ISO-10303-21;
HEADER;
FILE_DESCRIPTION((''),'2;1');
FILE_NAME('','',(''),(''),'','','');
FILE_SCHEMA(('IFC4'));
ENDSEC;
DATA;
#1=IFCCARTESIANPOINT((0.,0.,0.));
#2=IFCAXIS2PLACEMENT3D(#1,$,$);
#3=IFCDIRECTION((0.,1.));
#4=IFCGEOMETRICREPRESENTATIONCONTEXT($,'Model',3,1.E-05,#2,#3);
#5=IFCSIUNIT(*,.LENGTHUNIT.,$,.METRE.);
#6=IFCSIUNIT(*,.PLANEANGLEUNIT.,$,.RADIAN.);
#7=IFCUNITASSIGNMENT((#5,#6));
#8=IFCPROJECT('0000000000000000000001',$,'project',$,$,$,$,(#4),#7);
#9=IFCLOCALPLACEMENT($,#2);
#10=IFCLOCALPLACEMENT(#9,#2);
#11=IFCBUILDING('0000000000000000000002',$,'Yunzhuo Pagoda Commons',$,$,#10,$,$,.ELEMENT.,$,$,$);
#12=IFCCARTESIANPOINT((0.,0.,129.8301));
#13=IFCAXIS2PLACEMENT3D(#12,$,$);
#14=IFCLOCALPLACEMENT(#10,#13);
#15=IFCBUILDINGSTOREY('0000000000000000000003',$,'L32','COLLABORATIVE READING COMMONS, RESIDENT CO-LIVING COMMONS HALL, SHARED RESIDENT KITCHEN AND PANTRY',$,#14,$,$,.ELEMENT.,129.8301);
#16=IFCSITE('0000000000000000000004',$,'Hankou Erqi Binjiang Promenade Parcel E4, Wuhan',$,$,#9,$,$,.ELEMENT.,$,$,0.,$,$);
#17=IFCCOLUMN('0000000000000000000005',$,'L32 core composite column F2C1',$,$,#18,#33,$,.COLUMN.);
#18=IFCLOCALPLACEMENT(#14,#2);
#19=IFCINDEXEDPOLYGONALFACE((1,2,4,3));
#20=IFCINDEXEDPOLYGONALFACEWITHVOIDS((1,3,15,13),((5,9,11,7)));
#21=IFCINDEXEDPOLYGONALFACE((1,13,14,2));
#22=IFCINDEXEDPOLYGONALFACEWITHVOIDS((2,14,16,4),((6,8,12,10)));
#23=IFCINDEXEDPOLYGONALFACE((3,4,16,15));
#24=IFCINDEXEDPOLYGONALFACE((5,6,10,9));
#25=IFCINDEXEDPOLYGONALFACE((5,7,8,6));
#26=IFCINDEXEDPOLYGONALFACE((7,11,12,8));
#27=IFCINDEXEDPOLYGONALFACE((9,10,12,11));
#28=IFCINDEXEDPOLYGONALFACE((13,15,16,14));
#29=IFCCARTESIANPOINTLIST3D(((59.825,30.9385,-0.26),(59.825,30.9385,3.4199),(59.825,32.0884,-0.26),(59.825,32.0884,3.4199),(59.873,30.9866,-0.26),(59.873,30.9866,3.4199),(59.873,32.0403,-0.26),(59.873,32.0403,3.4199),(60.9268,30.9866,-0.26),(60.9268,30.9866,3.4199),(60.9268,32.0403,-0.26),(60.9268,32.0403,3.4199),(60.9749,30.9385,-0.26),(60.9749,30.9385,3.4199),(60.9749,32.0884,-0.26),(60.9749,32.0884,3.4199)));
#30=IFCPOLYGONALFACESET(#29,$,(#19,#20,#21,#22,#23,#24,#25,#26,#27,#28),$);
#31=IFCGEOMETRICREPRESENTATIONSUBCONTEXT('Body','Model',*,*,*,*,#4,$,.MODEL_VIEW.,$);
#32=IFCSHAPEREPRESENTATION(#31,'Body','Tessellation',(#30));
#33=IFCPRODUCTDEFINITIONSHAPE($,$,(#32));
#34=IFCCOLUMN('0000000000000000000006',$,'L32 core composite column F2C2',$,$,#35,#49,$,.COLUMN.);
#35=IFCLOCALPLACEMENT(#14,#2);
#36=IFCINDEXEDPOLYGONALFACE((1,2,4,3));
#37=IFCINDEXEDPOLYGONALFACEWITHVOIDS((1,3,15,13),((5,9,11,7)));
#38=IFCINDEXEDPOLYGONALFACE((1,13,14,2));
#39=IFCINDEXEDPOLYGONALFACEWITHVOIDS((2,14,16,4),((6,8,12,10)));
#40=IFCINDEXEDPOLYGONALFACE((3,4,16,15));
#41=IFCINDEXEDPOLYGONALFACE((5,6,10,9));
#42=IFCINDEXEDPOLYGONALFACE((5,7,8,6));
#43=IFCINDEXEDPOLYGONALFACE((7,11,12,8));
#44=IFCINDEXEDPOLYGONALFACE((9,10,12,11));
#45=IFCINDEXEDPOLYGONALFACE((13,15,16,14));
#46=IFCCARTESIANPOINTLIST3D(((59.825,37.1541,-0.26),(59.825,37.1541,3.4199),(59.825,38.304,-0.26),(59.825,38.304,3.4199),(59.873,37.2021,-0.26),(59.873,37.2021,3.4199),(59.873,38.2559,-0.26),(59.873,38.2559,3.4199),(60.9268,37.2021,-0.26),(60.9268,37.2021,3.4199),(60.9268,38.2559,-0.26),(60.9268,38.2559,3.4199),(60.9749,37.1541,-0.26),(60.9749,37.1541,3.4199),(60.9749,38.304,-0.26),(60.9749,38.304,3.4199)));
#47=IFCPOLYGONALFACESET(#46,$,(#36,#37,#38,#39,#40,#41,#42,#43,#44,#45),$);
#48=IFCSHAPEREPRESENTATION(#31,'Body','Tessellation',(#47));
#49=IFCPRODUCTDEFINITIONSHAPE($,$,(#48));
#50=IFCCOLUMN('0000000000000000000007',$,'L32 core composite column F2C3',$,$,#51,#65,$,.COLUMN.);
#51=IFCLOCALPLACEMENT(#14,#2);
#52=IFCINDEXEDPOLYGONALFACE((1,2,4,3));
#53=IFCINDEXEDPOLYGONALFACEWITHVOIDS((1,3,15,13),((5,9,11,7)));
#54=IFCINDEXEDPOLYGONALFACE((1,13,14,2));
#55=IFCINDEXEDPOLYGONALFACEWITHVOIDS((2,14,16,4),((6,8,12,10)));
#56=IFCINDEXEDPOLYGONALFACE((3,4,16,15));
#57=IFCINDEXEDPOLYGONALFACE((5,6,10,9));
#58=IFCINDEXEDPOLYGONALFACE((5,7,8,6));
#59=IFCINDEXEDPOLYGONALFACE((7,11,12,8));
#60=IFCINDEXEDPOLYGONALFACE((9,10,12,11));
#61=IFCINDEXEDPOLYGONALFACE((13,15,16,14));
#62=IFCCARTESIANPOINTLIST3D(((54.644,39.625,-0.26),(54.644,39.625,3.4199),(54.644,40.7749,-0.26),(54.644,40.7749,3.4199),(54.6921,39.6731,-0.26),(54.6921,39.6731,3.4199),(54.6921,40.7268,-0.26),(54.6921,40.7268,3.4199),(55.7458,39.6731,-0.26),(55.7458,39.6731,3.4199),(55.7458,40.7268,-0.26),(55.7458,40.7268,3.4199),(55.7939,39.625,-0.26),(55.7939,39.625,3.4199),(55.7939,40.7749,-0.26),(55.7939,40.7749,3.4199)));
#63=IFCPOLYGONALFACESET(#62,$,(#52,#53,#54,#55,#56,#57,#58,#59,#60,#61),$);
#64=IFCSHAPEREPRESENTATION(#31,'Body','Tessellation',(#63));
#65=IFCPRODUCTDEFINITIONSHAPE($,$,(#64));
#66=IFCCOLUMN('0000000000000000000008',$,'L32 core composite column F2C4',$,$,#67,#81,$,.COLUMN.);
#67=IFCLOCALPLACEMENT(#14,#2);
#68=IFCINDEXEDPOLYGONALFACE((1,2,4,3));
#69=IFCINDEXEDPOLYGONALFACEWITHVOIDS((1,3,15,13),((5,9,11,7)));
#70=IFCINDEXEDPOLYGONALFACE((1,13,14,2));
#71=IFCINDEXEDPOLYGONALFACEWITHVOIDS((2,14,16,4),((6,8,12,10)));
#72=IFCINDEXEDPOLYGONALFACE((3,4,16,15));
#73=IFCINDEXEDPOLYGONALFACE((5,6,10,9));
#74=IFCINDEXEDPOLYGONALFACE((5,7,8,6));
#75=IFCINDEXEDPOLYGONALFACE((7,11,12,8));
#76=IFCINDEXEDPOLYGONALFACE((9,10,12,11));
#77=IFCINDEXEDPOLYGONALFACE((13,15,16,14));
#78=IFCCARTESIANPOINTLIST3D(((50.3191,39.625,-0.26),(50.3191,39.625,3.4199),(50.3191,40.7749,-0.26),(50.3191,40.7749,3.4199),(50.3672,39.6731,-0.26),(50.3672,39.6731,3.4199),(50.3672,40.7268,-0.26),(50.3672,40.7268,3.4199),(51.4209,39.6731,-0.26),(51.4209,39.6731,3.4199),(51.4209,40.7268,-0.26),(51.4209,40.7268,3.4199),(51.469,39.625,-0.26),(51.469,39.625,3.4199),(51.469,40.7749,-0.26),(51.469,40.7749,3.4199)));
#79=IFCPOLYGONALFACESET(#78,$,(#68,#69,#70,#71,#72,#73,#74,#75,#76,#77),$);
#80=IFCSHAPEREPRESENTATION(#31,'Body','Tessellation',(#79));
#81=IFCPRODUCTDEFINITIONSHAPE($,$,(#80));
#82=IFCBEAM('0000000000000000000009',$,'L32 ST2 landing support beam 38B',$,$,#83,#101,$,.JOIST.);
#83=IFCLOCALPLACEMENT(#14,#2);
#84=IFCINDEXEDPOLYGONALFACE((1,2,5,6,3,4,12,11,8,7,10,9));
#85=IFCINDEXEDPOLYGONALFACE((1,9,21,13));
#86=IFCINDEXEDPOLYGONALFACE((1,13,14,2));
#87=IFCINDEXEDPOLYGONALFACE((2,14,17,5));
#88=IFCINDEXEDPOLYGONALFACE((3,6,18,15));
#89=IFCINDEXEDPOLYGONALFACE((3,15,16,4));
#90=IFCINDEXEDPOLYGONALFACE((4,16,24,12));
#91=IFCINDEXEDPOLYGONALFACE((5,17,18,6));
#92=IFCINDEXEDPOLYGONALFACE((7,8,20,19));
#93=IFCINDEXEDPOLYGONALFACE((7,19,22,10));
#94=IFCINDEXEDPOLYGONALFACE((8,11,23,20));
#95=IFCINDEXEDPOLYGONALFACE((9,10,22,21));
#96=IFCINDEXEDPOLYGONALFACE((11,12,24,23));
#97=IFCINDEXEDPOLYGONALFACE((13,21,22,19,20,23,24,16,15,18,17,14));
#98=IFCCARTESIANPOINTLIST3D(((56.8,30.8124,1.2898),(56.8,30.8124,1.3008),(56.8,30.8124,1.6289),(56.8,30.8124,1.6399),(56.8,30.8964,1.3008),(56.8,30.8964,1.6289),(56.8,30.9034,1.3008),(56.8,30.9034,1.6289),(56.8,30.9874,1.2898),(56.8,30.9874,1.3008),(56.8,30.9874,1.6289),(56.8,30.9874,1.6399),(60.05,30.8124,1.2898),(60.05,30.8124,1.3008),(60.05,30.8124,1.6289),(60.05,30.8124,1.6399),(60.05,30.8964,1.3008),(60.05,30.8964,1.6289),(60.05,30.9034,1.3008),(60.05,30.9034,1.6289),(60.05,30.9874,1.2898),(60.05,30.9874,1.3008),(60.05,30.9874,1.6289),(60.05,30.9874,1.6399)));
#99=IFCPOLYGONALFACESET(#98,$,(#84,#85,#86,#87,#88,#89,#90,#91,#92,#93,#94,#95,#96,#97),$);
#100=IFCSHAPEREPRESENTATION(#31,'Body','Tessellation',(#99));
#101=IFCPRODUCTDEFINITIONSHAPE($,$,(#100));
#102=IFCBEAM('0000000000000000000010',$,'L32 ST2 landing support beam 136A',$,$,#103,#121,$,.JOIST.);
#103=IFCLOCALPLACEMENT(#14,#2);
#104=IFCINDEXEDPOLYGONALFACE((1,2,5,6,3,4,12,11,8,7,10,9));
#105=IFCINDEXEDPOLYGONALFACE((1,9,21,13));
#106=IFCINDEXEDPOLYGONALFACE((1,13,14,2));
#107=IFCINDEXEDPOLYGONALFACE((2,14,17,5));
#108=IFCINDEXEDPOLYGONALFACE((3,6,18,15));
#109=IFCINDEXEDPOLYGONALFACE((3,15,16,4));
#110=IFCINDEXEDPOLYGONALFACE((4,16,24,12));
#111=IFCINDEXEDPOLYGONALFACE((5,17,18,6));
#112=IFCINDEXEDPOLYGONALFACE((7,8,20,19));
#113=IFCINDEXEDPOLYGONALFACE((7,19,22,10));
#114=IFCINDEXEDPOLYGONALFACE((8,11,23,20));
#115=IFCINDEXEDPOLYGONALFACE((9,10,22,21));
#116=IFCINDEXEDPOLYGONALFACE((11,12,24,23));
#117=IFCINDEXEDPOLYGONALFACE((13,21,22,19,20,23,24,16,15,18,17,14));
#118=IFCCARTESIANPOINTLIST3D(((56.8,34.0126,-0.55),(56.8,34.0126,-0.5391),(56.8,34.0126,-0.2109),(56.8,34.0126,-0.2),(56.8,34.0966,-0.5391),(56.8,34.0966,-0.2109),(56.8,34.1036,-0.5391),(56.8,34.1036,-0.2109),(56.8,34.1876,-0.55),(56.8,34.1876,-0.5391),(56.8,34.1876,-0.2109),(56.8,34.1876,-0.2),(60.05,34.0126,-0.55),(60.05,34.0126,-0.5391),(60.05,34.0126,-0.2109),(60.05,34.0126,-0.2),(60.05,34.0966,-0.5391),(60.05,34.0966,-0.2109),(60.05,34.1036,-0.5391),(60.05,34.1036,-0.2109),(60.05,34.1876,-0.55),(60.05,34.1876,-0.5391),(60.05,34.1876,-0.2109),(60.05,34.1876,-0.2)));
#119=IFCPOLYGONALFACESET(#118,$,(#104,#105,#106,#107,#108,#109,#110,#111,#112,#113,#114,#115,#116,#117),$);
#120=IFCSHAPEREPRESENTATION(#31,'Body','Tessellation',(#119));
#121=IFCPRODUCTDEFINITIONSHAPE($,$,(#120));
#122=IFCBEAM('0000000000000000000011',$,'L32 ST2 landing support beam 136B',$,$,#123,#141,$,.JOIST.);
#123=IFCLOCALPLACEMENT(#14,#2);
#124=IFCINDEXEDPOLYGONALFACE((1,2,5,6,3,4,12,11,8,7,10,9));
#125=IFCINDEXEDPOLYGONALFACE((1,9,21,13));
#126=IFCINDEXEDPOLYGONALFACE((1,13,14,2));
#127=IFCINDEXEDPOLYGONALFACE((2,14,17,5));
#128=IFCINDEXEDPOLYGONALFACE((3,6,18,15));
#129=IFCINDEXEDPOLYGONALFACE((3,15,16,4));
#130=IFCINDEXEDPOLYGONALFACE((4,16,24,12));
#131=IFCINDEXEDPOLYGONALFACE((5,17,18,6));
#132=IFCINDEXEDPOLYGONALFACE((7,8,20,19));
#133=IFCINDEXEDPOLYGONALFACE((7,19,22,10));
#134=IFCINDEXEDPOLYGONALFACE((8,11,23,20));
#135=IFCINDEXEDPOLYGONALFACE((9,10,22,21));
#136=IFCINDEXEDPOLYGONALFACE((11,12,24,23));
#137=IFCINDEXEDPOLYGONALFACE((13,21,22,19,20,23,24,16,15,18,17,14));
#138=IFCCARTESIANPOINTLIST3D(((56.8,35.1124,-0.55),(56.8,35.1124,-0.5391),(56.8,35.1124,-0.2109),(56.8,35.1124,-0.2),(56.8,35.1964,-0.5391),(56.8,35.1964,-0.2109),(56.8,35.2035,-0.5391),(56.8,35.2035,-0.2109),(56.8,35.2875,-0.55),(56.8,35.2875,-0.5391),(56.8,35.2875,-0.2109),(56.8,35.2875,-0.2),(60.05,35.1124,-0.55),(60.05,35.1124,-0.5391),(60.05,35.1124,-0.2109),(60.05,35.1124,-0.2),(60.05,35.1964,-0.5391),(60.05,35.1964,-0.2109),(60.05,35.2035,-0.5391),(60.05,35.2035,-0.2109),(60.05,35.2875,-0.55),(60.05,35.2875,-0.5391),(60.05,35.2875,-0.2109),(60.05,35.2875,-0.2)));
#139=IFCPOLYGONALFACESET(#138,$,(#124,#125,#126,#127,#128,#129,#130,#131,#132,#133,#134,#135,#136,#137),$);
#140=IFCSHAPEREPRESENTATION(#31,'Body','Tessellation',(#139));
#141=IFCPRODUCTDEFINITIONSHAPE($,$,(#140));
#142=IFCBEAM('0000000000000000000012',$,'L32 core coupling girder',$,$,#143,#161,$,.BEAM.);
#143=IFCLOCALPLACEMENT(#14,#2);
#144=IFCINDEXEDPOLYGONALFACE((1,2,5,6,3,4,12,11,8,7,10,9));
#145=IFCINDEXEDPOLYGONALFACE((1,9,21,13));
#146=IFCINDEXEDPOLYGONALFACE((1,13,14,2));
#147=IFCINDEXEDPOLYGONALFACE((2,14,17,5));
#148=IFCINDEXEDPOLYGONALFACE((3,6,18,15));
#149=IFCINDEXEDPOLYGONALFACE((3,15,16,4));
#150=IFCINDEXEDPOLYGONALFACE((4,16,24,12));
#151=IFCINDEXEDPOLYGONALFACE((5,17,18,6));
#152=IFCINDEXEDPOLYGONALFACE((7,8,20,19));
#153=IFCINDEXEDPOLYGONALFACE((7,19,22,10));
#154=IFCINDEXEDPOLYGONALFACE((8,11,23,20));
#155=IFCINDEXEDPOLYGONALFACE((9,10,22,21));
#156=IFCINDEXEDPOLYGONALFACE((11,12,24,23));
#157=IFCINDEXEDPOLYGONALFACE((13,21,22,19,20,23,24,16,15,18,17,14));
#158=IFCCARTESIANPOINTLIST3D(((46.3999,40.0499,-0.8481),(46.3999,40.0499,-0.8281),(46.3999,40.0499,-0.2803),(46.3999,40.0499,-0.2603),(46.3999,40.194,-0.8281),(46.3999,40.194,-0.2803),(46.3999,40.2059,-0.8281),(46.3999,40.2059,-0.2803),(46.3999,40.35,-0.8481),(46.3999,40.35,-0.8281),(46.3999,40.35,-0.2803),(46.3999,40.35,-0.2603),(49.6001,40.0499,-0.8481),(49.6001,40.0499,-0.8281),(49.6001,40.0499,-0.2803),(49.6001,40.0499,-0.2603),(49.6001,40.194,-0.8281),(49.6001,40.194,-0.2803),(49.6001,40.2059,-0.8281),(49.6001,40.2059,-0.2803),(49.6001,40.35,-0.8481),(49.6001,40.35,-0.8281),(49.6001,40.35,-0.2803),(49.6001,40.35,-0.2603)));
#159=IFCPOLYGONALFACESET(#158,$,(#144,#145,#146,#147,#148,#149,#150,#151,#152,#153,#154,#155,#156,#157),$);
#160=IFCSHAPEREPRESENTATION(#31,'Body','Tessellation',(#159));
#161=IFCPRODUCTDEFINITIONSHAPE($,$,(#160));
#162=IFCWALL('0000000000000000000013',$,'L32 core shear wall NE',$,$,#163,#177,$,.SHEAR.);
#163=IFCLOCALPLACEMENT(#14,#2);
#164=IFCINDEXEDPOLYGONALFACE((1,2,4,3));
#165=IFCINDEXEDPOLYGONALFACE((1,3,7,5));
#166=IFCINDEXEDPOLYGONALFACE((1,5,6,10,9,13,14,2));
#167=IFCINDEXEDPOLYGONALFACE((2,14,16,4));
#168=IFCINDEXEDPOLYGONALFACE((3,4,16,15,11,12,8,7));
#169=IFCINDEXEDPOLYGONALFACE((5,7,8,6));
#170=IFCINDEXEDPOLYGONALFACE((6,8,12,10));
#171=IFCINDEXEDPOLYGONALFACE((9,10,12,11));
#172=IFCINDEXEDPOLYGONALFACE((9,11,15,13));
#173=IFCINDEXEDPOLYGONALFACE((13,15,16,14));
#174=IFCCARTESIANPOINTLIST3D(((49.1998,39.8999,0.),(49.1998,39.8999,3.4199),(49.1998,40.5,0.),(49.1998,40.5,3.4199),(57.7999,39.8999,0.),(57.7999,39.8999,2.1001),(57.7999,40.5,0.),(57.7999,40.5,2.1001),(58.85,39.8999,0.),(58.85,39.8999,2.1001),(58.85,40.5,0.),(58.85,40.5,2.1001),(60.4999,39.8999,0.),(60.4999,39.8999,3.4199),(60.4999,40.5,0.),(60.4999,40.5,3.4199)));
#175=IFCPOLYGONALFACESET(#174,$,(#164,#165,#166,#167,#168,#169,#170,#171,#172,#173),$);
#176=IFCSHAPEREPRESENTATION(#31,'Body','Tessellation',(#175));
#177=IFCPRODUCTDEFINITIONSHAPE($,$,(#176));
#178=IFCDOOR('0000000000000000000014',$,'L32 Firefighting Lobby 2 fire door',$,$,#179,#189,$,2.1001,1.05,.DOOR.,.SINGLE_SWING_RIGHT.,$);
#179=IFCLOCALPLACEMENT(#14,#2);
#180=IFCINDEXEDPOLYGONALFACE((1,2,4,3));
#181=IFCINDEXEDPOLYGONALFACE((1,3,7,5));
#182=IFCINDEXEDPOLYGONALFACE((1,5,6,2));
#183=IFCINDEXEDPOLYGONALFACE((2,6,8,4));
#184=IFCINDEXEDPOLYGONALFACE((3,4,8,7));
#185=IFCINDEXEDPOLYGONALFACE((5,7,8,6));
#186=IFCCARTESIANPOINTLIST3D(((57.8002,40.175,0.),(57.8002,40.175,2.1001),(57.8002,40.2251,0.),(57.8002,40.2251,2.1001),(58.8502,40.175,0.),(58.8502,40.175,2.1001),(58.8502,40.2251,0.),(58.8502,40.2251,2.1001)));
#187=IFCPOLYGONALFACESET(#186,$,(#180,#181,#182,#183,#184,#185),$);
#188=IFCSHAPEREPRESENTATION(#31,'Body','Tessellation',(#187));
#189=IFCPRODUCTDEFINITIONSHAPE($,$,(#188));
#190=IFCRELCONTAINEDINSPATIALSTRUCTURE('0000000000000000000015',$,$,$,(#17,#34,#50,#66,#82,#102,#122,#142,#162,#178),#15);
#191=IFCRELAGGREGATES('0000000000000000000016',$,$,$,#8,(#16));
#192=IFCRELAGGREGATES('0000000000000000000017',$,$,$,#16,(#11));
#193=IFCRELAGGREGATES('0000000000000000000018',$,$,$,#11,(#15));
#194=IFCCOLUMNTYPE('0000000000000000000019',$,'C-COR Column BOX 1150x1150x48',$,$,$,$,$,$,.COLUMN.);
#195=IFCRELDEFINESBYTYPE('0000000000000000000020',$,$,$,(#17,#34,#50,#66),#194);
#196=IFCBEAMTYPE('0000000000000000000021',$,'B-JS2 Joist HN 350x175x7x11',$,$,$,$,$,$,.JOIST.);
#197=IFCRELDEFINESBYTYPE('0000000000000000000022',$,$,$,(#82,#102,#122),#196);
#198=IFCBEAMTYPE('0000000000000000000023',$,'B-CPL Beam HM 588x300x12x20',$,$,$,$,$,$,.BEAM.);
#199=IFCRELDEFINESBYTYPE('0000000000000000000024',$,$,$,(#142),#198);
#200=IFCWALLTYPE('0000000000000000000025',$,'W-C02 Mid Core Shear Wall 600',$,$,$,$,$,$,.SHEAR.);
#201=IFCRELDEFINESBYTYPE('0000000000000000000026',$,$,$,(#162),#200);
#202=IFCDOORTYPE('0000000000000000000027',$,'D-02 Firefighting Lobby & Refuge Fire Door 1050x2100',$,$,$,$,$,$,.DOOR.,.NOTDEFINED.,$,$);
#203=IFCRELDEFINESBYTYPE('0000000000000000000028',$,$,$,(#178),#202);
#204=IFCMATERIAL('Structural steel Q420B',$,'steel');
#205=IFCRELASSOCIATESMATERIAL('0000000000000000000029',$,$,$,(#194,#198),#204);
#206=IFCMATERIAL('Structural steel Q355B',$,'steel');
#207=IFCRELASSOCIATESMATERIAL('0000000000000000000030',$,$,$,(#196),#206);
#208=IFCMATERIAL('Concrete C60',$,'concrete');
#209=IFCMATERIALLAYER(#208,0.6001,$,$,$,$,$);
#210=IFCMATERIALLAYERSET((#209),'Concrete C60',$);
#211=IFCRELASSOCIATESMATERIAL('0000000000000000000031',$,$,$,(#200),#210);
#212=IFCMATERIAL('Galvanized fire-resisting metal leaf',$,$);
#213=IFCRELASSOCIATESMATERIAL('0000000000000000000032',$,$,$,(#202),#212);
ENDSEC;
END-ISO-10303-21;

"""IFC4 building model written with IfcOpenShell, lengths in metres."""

from ifc_helpers import new_model, si_unit, direction, frame, frame_2d, origin, origin_2d, place, context, subcontext, project, spatial, rectangle, hollow_rectangle, i_section, extrude, source, transform, mapped, material, layer, layer_set, material_profile, profile_set, type_object, element, fill, save


model = new_model("IFC4")

# Units and contexts
model_context = context("Model", 3, precision=1e-05, world=origin(), true_north=direction((0.0, 1.0)))
body_context = subcontext(model_context, "Body", "Model", "MODEL_VIEW")
ifc_project = project(units=[si_unit("LENGTHUNIT", "METRE"), si_unit("PLANEANGLEUNIT", "RADIAN")], contexts=[model_context])

# Site, building, storey
site_placement = place(None, origin())
site = spatial("IfcSite", under=ifc_project, at=site_placement, Name="Hankou Erqi Binjiang Promenade Parcel E4, Wuhan", CompositionType="ELEMENT", RefElevation=0.0)
building_placement = place(site_placement, origin())
building = spatial("IfcBuilding", under=site, at=building_placement, Name="Yunzhuo Pagoda Commons", CompositionType="ELEMENT")
storey_placement = place(building_placement, frame((0.0, 0.0, 129.8301)))
storey = spatial("IfcBuildingStorey", under=building, at=storey_placement, Name="L32", Description="COLLABORATIVE READING COMMONS, RESIDENT CO-LIVING COMMONS HALL, SHARED RESIDENT KITCHEN AND PANTRY", CompositionType="ELEMENT", Elevation=129.8301)

# Columns
ifc_material_1 = material(Name="Structural steel Q420B", Category="steel")
ifc_material_profile_1 = material_profile(ifc_material_1, hollow_rectangle(XDim=1.1499, YDim=1.1499, WallThickness=0.0481, at=origin_2d()), Name="Structural steel Q420B")
ifc_profile_set_1 = profile_set([ifc_material_profile_1], Name="Structural steel Q420B")
column_type = type_object("IfcColumnType", Name="C-COR Column BOX 1150x1150x48", PredefinedType="COLUMN", material=ifc_profile_set_1)
shared_shape_1 = source(origin(), body_context, "Body", "SweptSolid", [
    extrude(hollow_rectangle(XDim=1.1499, YDim=1.1499, WallThickness=0.0481, at=origin_2d()), origin(), (0.0, 0.0, 1.0), 3.6799),
])
for number, where, z_axis, x_axis, name in (
    (1, (60.3999, 31.5134, -0.26), (0.0, 0.0, 1.0), (1.0, 0.0, 0.0), "L32 core composite column F2C1"),
    (2, (60.3999, 37.729, -0.26), (0.0, 0.0, 1.0), (1.0, 0.0, 0.0), "L32 core composite column F2C2"),
    (3, (55.219, 40.2, -0.26), (0.0, 0.0, 1.0), (1.0, 0.0, 0.0), "L32 core composite column F2C3"),
    (4, (50.894, 40.2, -0.26), (0.0, 0.0, 1.0), (1.0, 0.0, 0.0), "L32 core composite column F2C4"),
):
    element("IfcColumn", number, at=place(storey_placement, frame(where, z_axis=z_axis, x_axis=x_axis)), inside=storey, type_object=column_type, Name=name, PredefinedType="COLUMN", context=body_context, shape_type="MappedRepresentation", body=[
        mapped(shared_shape_1, transform((0.0, 0.0, 0.0), scale=1.0)),
    ])

# Beams
ifc_material_2 = material(Name="Structural steel Q355B", Category="steel")
ifc_material_profile_2 = material_profile(ifc_material_2, i_section(OverallWidth=0.175, OverallDepth=0.3501, WebThickness=0.0071, FlangeThickness=0.011, at=origin_2d()), Name="Structural steel Q355B")
ifc_profile_set_2 = profile_set([ifc_material_profile_2], Name="Structural steel Q355B")
beam_type_1 = type_object("IfcBeamType", Name="B-JS2 Joist HN 350x175x7x11", PredefinedType="JOIST", material=ifc_profile_set_2)
shared_shape_2 = source(origin(), body_context, "Body", "SweptSolid", [
    extrude(i_section(OverallWidth=0.175, OverallDepth=0.3501, WebThickness=0.0071, FlangeThickness=0.011, at=origin_2d()), origin(), (0.0, 0.0, 1.0), 3.25),
])
for number, where, z_axis, x_axis, name in (
    (5, (56.8, 30.8999, 1.4648), (1.0, 0.0, 0.0), (0.0, 1.0, 0.0), "L32 ST2 landing support beam 38B"),
    (6, (56.8, 34.1001, -0.375), (1.0, 0.0, 0.0), (0.0, 1.0, 0.0), "L32 ST2 landing support beam 136A"),
    (7, (56.8, 35.2, -0.375), (1.0, 0.0, 0.0), (0.0, 1.0, 0.0), "L32 ST2 landing support beam 136B"),
):
    element("IfcBeam", number, at=place(storey_placement, frame(where, z_axis=z_axis, x_axis=x_axis)), inside=storey, type_object=beam_type_1, Name=name, PredefinedType="JOIST", context=body_context, shape_type="MappedRepresentation", body=[
        mapped(shared_shape_2, transform((0.0, 0.0, 0.0), scale=1.0)),
    ])
ifc_material_profile_3 = material_profile(ifc_material_1, i_section(OverallWidth=0.3, OverallDepth=0.5879, WebThickness=0.012, FlangeThickness=0.02, at=origin_2d()), Name="Structural steel Q420B")
ifc_profile_set_3 = profile_set([ifc_material_profile_3], Name="Structural steel Q420B")
beam_type_2 = type_object("IfcBeamType", Name="B-CPL Beam HM 588x300x12x20", PredefinedType="BEAM", material=ifc_profile_set_3)
shared_shape_3 = source(origin(), body_context, "Body", "SweptSolid", [
    extrude(i_section(OverallWidth=0.3, OverallDepth=0.5879, WebThickness=0.012, FlangeThickness=0.02, at=origin_2d()), origin(), (0.0, 0.0, 1.0), 3.2002),
])
beam_placement = place(storey_placement, frame((46.3999, 40.2, -0.5542), z_axis=(1.0, 0.0, 0.0), x_axis=(0.0, 1.0, 0.0)))
element("IfcBeam", 8, at=beam_placement, inside=storey, type_object=beam_type_2, Name="L32 core coupling girder", PredefinedType="BEAM", context=body_context, shape_type="MappedRepresentation", body=[
    mapped(shared_shape_3, transform((0.0, 0.0, 0.0), scale=1.0)),
])

# Wall, opening, door
ifc_material_3 = material(Name="Concrete C60", Category="concrete")
ifc_layer_1 = layer(ifc_material_3, 0.6001)
ifc_layer_set_1 = layer_set([ifc_layer_1], Name="Concrete C60")
wall_type_1 = type_object("IfcWallType", Name="W-C02 Mid Core Shear Wall 600", PredefinedType="SHEAR", material=ifc_layer_set_1)
wall_1_placement = place(storey_placement, frame((49.2, 40.2, 0.0), z_axis=(0.0, 0.0, 1.0), x_axis=(1.0, 0.0, 0.0)))
wall_1 = element("IfcWall", 9, at=wall_1_placement, inside=storey, type_object=wall_type_1, Name="L32 core shear wall NE", PredefinedType="SHEAR", context=body_context, shape_type="SweptSolid", body=[
    extrude(rectangle(XDim=11.3, YDim=0.6001, at=frame_2d((5.6499, 0.0))), origin(), (0.0, 0.0, 1.0), 3.4199),
])
opening_1_placement = place(wall_1_placement, frame((8.6001, 0.0, 0.0)))
opening_1 = element("IfcOpeningElement", 10, at=opening_1_placement, cuts=wall_1, PredefinedType="OPENING", context=body_context, shape_type="SweptSolid", body=[
    extrude(rectangle(XDim=1.05, YDim=2.1001, at=frame_2d((0.5249, 1.05))), frame((0.0, 0.3101, 0.0), z_axis=(0.0, -1.0, 0.0), x_axis=(1.0, 0.0, 0.0)), (0.0, 0.0, 1.0), 0.6201),
])
ifc_material_4 = material(Name="Galvanized fire-resisting metal leaf")
door_type_1 = type_object("IfcDoorType", Name="D-02 Firefighting Lobby & Refuge Fire Door 1050x2100", OperationType="NOTDEFINED", PredefinedType="DOOR", material=ifc_material_4)
shared_shape_4 = source(origin(), body_context, "Body", "SweptSolid", [
    extrude(rectangle(XDim=1.05, YDim=2.1001, at=frame_2d((0.5249, 1.05))), frame((0.0, 0.0249, 0.0), z_axis=(0.0, -1.0, 0.0), x_axis=(1.0, 0.0, 0.0)), (0.0, 0.0, 1.0), 0.05),
])
door_1_placement = place(opening_1_placement, frame((1.05, 0.0, 0.0), z_axis=(0.0, 0.0, 1.0), x_axis=(-1.0, 0.0, 0.0)))
door_1 = element("IfcDoor", 11, at=door_1_placement, inside=storey, type_object=door_type_1, Name="L32 Firefighting Lobby 2 fire door", OperationType="SINGLE_SWING_RIGHT", OverallHeight=2.1001, OverallWidth=1.05, PredefinedType="DOOR", context=body_context, shape_type="MappedRepresentation", body=[
    mapped(shared_shape_4, transform((0.0, 0.0, 0.0), scale=1.0)),
])
fill(opening_1, door_1)

save(model, "model.ifc")
